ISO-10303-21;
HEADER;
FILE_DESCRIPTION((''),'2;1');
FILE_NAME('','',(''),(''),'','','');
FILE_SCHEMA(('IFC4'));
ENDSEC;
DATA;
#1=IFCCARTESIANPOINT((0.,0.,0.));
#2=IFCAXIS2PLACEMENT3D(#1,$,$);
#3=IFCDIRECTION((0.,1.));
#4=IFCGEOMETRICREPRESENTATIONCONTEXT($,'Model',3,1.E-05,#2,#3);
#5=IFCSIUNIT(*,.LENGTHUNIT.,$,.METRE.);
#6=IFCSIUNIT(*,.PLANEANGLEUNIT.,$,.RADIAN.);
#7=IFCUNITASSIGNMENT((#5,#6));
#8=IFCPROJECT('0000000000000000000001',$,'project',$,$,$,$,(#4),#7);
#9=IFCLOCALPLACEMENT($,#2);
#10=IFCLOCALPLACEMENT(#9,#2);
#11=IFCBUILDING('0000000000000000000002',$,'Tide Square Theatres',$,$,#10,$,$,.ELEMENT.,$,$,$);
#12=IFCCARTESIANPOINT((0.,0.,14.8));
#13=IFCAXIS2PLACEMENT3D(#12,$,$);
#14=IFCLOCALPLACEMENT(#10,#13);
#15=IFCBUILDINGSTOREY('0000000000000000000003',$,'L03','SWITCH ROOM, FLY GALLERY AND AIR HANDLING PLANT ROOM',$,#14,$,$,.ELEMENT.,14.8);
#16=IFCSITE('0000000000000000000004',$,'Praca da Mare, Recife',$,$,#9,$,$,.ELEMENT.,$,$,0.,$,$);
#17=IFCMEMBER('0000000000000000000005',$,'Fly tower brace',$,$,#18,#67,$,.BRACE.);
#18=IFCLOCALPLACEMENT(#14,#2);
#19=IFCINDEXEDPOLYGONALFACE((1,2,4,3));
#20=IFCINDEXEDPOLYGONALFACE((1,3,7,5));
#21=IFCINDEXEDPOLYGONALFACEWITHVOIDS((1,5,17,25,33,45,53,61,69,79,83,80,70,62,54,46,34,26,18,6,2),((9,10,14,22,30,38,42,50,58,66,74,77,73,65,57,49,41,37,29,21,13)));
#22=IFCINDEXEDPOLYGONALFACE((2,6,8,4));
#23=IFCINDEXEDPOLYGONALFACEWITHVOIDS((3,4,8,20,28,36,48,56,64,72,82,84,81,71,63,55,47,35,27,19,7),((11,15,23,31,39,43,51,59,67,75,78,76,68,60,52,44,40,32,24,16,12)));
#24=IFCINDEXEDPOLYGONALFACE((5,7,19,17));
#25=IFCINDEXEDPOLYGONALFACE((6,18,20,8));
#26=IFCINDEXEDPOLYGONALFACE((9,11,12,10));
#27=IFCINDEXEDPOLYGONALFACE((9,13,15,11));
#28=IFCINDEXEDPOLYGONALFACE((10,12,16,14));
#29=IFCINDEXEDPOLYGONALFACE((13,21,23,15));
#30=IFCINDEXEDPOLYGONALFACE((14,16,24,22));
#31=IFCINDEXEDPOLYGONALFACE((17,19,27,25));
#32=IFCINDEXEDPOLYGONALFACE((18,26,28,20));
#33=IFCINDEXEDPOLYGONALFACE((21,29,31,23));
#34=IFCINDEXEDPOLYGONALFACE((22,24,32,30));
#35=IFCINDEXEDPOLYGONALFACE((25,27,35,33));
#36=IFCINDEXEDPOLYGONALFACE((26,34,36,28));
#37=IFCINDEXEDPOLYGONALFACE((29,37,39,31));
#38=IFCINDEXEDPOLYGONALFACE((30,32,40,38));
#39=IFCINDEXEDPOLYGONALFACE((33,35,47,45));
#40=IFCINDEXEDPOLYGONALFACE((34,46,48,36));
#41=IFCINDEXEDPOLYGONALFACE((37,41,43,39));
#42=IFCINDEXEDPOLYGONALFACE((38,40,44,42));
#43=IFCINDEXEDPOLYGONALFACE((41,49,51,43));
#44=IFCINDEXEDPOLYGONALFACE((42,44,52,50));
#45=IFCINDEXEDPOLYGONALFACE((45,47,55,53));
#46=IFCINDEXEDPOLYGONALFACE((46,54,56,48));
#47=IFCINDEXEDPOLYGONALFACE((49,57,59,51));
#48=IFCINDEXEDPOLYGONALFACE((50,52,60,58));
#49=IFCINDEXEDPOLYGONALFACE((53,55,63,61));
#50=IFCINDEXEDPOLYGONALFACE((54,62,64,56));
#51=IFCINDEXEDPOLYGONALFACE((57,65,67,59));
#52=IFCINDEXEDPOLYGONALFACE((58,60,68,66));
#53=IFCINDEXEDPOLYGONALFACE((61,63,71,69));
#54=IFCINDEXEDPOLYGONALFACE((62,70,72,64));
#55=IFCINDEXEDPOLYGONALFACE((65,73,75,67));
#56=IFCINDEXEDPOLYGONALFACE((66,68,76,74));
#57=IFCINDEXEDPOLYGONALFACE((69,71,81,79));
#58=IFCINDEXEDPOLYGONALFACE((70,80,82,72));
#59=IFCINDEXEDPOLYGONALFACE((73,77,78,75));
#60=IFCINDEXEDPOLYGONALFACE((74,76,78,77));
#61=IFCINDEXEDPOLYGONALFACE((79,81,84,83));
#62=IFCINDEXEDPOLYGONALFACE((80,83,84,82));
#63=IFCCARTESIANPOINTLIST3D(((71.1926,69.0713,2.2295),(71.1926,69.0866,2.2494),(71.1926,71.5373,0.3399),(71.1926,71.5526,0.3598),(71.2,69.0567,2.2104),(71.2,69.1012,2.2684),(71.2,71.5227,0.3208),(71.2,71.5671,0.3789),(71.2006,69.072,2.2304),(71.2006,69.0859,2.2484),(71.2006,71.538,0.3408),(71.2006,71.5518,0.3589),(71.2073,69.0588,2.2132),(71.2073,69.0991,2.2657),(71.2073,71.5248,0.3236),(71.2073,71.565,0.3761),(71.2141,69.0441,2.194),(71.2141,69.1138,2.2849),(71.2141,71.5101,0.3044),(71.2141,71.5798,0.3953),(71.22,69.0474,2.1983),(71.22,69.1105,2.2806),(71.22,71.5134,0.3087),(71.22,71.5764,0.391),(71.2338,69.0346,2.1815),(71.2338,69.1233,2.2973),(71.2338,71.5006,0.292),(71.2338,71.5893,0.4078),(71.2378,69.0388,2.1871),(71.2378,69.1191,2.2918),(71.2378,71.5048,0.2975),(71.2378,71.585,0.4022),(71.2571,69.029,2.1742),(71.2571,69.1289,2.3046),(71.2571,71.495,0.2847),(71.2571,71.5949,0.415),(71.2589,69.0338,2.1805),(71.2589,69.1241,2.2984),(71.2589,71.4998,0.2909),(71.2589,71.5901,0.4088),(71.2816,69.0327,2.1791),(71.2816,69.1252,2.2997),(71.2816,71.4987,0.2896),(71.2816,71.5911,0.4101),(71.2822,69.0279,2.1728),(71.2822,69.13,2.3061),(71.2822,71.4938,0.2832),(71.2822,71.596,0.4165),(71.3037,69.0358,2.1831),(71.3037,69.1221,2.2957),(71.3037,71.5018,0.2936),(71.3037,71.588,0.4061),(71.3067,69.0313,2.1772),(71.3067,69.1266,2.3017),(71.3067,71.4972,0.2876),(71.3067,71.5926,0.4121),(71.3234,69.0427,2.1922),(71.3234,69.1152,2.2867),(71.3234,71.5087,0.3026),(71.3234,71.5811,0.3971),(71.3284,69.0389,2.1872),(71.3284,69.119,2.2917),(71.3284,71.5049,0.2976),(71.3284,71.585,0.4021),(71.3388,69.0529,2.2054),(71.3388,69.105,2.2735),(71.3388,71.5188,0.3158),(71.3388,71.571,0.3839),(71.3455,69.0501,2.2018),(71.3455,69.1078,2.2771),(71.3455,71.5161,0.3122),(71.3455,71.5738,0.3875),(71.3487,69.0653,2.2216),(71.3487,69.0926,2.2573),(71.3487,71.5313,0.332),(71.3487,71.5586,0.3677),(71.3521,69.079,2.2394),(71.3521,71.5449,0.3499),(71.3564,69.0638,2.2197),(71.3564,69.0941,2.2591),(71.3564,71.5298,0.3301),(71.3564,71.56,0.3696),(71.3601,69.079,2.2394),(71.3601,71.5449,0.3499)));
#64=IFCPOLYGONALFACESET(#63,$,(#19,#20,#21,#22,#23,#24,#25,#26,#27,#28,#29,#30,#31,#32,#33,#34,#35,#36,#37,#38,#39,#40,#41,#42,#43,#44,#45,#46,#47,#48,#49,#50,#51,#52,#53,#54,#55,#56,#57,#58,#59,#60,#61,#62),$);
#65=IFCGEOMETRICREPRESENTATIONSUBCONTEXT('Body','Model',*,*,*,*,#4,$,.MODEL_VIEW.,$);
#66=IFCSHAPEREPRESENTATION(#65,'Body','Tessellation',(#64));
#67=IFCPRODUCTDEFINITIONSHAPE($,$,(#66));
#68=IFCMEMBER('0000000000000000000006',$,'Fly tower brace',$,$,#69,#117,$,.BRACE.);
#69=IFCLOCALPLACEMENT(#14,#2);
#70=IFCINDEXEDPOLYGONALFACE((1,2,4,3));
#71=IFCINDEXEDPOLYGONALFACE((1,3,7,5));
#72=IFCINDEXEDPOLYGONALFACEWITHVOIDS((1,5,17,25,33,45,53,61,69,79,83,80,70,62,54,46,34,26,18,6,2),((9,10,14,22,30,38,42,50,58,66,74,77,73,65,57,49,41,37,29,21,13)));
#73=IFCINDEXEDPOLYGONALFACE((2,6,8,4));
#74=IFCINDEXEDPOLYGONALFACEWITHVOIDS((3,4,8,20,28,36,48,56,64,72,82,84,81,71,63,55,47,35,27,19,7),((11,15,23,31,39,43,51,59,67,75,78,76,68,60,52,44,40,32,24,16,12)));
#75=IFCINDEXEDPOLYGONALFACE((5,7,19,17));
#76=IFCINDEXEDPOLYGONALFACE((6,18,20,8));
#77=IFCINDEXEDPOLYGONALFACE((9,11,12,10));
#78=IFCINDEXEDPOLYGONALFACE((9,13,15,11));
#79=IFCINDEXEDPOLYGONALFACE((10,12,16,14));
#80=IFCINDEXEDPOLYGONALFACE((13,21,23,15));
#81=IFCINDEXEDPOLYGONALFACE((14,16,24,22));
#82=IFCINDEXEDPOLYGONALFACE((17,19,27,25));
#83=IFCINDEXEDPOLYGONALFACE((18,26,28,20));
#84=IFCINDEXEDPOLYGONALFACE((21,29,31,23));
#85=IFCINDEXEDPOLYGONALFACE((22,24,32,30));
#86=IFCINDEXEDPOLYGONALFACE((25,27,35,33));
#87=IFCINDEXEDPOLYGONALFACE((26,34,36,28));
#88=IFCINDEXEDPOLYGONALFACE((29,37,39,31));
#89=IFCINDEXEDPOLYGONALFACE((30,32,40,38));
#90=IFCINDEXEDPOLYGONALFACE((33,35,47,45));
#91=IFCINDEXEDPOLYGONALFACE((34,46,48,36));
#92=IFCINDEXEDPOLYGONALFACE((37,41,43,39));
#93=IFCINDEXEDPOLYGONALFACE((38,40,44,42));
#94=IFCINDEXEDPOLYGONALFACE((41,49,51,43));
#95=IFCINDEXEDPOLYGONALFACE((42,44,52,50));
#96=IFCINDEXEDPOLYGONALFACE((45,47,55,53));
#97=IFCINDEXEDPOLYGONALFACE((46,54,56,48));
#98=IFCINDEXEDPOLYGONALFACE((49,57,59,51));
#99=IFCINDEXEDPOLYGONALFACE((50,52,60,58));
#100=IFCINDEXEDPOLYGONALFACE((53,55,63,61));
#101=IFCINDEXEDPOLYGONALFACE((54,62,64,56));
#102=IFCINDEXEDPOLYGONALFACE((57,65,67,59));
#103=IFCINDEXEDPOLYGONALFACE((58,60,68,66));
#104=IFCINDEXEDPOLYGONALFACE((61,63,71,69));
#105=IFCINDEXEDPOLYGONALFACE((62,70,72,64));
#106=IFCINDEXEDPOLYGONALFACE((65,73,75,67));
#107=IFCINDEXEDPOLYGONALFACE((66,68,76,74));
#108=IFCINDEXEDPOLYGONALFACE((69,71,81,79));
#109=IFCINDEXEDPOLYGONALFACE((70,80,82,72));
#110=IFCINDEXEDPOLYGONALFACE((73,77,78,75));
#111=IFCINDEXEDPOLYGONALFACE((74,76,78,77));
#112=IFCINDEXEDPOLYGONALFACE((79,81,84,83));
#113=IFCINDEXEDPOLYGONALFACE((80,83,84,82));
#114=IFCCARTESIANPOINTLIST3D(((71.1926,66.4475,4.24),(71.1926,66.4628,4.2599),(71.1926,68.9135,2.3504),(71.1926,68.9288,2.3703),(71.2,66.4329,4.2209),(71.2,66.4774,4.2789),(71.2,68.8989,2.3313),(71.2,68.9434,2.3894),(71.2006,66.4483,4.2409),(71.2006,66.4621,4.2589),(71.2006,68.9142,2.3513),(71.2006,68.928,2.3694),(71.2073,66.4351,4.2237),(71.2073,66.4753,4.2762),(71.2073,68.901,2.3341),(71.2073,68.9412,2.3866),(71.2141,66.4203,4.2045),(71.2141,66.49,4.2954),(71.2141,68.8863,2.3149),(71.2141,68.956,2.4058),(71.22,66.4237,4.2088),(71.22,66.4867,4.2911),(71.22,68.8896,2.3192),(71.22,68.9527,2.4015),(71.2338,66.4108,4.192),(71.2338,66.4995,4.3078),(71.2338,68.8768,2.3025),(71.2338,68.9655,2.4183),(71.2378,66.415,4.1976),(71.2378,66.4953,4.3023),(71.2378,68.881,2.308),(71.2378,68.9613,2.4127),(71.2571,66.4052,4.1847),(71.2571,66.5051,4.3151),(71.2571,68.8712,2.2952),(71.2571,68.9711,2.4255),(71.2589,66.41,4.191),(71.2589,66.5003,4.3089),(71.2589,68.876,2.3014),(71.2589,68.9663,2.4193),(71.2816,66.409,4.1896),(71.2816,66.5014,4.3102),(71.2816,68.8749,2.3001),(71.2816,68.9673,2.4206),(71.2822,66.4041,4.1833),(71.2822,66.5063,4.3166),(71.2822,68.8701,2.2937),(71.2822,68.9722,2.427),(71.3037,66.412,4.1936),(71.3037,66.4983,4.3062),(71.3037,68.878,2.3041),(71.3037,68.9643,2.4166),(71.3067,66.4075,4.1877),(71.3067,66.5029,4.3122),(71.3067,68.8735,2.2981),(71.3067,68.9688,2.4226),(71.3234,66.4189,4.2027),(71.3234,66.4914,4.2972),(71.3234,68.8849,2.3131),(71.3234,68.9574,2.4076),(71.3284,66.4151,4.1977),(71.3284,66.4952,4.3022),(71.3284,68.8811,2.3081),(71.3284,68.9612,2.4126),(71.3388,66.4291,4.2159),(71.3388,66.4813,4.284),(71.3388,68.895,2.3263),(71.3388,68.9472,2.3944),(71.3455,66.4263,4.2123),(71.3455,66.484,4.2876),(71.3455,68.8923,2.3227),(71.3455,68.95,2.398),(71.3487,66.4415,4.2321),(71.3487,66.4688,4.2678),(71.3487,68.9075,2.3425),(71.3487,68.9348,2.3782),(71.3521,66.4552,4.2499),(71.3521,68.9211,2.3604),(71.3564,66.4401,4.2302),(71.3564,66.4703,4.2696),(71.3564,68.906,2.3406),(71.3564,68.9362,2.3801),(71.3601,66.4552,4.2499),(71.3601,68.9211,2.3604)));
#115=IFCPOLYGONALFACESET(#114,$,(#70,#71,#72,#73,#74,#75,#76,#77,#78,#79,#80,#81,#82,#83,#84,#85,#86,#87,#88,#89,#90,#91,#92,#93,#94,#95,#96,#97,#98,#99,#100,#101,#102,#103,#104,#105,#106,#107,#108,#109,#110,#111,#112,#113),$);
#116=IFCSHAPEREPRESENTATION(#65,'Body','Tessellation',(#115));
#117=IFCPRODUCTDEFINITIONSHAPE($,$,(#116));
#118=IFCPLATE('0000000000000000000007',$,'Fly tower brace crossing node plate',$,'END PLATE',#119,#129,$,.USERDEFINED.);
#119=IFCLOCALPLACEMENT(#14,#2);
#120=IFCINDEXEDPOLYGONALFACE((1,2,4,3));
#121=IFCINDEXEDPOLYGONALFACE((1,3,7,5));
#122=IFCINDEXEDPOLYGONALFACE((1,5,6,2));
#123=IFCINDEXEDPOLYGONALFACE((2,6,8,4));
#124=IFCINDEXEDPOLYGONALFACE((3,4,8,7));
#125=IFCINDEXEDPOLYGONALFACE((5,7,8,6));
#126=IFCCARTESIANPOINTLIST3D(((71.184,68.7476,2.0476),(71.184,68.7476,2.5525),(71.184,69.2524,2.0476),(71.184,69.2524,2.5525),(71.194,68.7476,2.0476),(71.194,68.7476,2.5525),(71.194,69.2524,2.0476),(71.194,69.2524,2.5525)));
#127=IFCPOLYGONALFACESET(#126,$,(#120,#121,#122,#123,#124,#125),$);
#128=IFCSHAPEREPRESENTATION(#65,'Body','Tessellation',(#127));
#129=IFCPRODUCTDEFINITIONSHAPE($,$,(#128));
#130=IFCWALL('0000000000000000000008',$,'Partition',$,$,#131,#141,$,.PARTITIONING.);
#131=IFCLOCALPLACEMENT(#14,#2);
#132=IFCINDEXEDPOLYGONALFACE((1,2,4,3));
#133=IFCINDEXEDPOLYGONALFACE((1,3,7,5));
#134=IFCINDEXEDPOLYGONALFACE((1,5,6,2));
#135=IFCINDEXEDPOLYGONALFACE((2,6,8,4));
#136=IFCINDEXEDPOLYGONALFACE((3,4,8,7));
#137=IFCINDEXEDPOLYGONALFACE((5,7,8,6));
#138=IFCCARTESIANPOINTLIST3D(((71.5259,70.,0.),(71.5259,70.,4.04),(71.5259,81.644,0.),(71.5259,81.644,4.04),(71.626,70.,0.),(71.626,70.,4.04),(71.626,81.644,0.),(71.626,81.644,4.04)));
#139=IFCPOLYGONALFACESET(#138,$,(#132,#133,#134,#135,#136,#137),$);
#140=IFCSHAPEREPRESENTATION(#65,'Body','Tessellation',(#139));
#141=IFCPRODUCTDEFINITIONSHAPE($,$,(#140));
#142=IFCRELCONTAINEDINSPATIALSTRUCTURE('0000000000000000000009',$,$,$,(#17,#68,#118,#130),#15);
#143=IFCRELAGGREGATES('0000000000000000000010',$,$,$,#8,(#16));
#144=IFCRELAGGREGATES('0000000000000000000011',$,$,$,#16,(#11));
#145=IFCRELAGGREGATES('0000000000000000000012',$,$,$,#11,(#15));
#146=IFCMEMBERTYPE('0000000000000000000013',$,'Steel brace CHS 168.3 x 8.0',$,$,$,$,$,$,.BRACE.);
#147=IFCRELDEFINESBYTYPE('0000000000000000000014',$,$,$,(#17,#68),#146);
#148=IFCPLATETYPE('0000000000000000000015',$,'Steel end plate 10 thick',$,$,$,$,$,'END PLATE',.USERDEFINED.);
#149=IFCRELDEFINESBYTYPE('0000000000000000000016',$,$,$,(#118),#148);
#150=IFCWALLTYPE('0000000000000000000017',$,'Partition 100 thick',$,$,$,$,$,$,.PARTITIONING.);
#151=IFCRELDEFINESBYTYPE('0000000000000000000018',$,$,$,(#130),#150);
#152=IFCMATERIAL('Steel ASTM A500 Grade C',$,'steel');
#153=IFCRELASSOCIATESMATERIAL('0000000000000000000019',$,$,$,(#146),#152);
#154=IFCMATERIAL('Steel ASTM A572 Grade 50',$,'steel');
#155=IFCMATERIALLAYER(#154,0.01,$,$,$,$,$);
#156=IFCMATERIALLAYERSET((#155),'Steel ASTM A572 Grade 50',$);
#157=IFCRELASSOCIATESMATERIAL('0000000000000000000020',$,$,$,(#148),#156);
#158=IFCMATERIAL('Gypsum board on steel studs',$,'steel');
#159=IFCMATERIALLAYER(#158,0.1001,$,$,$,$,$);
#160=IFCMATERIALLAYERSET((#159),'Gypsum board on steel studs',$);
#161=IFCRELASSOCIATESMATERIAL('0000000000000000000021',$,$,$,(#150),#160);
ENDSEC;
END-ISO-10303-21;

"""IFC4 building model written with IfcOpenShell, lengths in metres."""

from ifc_helpers import new_model, si_unit, direction, frame, frame_2d, origin, origin_2d, place, context, subcontext, project, spatial, rectangle, hollow_circle, extrude, material, layer, layer_set, material_profile, profile_set, type_object, element, save


model = new_model("IFC4")

# Units and contexts
model_context = context("Model", 3, precision=1e-05, world=origin(), true_north=direction((0.0, 1.0)))
body_context = subcontext(model_context, "Body", "Model", "MODEL_VIEW")
ifc_project = project(units=[si_unit("LENGTHUNIT", "METRE"), si_unit("PLANEANGLEUNIT", "RADIAN")], contexts=[model_context])

# Site, building, storey
site_placement = place(None, origin())
site = spatial("IfcSite", under=ifc_project, at=site_placement, Name="Praca da Mare, Recife", CompositionType="ELEMENT", RefElevation=0.0)
building_placement = place(site_placement, origin())
building = spatial("IfcBuilding", under=site, at=building_placement, Name="Tide Square Theatres", CompositionType="ELEMENT")
storey_placement = place(building_placement, frame((0.0, 0.0, 14.8)))
storey = spatial("IfcBuildingStorey", under=building, at=storey_placement, Name="L03", Description="SWITCH ROOM, FLY GALLERY AND AIR HANDLING PLANT ROOM", CompositionType="ELEMENT", Elevation=14.8)

# Members
ifc_material_1 = material(Name="Steel ASTM A500 Grade C", Category="steel")
ifc_material_profile_1 = material_profile(ifc_material_1, hollow_circle(Radius=0.0842, WallThickness=0.0081, at=origin_2d()))
ifc_profile_set_1 = profile_set([ifc_material_profile_1], Name="Steel ASTM A500 Grade C")
member_type = type_object("IfcMemberType", Name="Steel brace CHS 168.3 x 8.0", PredefinedType="BRACE", material=ifc_profile_set_1)
for number, where, z_axis, x_axis, name in (
    (1, (71.2759, 71.5449, 0.3499), (0.0, -0.793762, 0.608229), (1.0, 0.0, 0.0), "Fly tower brace"),
    (2, (71.2759, 68.9211, 2.3604), (0.0, -0.793762, 0.608229), (1.0, 0.0, 0.0), "Fly tower brace"),
):
    element("IfcMember", number, at=place(storey_placement, frame(where, z_axis=z_axis, x_axis=x_axis)), inside=storey, type_object=member_type, Name=name, PredefinedType="BRACE", context=body_context, shape_type="SweptSolid", body=[
        extrude(hollow_circle(Radius=0.0842, WallThickness=0.0081, at=origin_2d()), origin(), (0.0, 0.0, 1.0), 3.1067),
    ])

# Plate
ifc_material_2 = material(Name="Steel ASTM A572 Grade 50", Category="steel")
ifc_layer_1 = layer(ifc_material_2, 0.01)
ifc_layer_set_1 = layer_set([ifc_layer_1], Name="Steel ASTM A572 Grade 50")
plate_type = type_object("IfcPlateType", Name="Steel end plate 10 thick", ElementType="END PLATE", PredefinedType="USERDEFINED", material=ifc_layer_set_1)
plate_placement = place(storey_placement, frame((71.189, 69.0, 2.0476), z_axis=(0.0, 0.0, 1.0), x_axis=(-1.0, 0.0, 0.0)))
element("IfcPlate", 3, at=plate_placement, inside=storey, type_object=plate_type, Name="Fly tower brace crossing node plate", ObjectType="END PLATE", PredefinedType="USERDEFINED", context=body_context, shape_type="SweptSolid", body=[
    extrude(rectangle(XDim=0.01, YDim=0.5049, at=origin_2d()), origin(), (0.0, 0.0, 1.0), 0.5049),
])

# Wall
ifc_material_3 = material(Name="Gypsum board on steel studs", Category="steel")
ifc_layer_2 = layer(ifc_material_3, 0.1001)
ifc_layer_set_2 = layer_set([ifc_layer_2], Name="Gypsum board on steel studs")
wall_type_1 = type_object("IfcWallType", Name="Partition 100 thick", PredefinedType="PARTITIONING", material=ifc_layer_set_2)
wall_1_placement = place(storey_placement, frame((71.5759, 70.0, 0.0), z_axis=(0.0, 0.0, 1.0), x_axis=(0.0, 1.0, 0.0)))
element("IfcWall", 4, at=wall_1_placement, inside=storey, type_object=wall_type_1, Name="Partition", PredefinedType="PARTITIONING", context=body_context, shape_type="SweptSolid", body=[
    extrude(rectangle(XDim=11.644, YDim=0.1001, at=frame_2d((5.822, 0.0))), origin(), (0.0, 0.0, 1.0), 4.04),
])

save(model, "model.ifc")
